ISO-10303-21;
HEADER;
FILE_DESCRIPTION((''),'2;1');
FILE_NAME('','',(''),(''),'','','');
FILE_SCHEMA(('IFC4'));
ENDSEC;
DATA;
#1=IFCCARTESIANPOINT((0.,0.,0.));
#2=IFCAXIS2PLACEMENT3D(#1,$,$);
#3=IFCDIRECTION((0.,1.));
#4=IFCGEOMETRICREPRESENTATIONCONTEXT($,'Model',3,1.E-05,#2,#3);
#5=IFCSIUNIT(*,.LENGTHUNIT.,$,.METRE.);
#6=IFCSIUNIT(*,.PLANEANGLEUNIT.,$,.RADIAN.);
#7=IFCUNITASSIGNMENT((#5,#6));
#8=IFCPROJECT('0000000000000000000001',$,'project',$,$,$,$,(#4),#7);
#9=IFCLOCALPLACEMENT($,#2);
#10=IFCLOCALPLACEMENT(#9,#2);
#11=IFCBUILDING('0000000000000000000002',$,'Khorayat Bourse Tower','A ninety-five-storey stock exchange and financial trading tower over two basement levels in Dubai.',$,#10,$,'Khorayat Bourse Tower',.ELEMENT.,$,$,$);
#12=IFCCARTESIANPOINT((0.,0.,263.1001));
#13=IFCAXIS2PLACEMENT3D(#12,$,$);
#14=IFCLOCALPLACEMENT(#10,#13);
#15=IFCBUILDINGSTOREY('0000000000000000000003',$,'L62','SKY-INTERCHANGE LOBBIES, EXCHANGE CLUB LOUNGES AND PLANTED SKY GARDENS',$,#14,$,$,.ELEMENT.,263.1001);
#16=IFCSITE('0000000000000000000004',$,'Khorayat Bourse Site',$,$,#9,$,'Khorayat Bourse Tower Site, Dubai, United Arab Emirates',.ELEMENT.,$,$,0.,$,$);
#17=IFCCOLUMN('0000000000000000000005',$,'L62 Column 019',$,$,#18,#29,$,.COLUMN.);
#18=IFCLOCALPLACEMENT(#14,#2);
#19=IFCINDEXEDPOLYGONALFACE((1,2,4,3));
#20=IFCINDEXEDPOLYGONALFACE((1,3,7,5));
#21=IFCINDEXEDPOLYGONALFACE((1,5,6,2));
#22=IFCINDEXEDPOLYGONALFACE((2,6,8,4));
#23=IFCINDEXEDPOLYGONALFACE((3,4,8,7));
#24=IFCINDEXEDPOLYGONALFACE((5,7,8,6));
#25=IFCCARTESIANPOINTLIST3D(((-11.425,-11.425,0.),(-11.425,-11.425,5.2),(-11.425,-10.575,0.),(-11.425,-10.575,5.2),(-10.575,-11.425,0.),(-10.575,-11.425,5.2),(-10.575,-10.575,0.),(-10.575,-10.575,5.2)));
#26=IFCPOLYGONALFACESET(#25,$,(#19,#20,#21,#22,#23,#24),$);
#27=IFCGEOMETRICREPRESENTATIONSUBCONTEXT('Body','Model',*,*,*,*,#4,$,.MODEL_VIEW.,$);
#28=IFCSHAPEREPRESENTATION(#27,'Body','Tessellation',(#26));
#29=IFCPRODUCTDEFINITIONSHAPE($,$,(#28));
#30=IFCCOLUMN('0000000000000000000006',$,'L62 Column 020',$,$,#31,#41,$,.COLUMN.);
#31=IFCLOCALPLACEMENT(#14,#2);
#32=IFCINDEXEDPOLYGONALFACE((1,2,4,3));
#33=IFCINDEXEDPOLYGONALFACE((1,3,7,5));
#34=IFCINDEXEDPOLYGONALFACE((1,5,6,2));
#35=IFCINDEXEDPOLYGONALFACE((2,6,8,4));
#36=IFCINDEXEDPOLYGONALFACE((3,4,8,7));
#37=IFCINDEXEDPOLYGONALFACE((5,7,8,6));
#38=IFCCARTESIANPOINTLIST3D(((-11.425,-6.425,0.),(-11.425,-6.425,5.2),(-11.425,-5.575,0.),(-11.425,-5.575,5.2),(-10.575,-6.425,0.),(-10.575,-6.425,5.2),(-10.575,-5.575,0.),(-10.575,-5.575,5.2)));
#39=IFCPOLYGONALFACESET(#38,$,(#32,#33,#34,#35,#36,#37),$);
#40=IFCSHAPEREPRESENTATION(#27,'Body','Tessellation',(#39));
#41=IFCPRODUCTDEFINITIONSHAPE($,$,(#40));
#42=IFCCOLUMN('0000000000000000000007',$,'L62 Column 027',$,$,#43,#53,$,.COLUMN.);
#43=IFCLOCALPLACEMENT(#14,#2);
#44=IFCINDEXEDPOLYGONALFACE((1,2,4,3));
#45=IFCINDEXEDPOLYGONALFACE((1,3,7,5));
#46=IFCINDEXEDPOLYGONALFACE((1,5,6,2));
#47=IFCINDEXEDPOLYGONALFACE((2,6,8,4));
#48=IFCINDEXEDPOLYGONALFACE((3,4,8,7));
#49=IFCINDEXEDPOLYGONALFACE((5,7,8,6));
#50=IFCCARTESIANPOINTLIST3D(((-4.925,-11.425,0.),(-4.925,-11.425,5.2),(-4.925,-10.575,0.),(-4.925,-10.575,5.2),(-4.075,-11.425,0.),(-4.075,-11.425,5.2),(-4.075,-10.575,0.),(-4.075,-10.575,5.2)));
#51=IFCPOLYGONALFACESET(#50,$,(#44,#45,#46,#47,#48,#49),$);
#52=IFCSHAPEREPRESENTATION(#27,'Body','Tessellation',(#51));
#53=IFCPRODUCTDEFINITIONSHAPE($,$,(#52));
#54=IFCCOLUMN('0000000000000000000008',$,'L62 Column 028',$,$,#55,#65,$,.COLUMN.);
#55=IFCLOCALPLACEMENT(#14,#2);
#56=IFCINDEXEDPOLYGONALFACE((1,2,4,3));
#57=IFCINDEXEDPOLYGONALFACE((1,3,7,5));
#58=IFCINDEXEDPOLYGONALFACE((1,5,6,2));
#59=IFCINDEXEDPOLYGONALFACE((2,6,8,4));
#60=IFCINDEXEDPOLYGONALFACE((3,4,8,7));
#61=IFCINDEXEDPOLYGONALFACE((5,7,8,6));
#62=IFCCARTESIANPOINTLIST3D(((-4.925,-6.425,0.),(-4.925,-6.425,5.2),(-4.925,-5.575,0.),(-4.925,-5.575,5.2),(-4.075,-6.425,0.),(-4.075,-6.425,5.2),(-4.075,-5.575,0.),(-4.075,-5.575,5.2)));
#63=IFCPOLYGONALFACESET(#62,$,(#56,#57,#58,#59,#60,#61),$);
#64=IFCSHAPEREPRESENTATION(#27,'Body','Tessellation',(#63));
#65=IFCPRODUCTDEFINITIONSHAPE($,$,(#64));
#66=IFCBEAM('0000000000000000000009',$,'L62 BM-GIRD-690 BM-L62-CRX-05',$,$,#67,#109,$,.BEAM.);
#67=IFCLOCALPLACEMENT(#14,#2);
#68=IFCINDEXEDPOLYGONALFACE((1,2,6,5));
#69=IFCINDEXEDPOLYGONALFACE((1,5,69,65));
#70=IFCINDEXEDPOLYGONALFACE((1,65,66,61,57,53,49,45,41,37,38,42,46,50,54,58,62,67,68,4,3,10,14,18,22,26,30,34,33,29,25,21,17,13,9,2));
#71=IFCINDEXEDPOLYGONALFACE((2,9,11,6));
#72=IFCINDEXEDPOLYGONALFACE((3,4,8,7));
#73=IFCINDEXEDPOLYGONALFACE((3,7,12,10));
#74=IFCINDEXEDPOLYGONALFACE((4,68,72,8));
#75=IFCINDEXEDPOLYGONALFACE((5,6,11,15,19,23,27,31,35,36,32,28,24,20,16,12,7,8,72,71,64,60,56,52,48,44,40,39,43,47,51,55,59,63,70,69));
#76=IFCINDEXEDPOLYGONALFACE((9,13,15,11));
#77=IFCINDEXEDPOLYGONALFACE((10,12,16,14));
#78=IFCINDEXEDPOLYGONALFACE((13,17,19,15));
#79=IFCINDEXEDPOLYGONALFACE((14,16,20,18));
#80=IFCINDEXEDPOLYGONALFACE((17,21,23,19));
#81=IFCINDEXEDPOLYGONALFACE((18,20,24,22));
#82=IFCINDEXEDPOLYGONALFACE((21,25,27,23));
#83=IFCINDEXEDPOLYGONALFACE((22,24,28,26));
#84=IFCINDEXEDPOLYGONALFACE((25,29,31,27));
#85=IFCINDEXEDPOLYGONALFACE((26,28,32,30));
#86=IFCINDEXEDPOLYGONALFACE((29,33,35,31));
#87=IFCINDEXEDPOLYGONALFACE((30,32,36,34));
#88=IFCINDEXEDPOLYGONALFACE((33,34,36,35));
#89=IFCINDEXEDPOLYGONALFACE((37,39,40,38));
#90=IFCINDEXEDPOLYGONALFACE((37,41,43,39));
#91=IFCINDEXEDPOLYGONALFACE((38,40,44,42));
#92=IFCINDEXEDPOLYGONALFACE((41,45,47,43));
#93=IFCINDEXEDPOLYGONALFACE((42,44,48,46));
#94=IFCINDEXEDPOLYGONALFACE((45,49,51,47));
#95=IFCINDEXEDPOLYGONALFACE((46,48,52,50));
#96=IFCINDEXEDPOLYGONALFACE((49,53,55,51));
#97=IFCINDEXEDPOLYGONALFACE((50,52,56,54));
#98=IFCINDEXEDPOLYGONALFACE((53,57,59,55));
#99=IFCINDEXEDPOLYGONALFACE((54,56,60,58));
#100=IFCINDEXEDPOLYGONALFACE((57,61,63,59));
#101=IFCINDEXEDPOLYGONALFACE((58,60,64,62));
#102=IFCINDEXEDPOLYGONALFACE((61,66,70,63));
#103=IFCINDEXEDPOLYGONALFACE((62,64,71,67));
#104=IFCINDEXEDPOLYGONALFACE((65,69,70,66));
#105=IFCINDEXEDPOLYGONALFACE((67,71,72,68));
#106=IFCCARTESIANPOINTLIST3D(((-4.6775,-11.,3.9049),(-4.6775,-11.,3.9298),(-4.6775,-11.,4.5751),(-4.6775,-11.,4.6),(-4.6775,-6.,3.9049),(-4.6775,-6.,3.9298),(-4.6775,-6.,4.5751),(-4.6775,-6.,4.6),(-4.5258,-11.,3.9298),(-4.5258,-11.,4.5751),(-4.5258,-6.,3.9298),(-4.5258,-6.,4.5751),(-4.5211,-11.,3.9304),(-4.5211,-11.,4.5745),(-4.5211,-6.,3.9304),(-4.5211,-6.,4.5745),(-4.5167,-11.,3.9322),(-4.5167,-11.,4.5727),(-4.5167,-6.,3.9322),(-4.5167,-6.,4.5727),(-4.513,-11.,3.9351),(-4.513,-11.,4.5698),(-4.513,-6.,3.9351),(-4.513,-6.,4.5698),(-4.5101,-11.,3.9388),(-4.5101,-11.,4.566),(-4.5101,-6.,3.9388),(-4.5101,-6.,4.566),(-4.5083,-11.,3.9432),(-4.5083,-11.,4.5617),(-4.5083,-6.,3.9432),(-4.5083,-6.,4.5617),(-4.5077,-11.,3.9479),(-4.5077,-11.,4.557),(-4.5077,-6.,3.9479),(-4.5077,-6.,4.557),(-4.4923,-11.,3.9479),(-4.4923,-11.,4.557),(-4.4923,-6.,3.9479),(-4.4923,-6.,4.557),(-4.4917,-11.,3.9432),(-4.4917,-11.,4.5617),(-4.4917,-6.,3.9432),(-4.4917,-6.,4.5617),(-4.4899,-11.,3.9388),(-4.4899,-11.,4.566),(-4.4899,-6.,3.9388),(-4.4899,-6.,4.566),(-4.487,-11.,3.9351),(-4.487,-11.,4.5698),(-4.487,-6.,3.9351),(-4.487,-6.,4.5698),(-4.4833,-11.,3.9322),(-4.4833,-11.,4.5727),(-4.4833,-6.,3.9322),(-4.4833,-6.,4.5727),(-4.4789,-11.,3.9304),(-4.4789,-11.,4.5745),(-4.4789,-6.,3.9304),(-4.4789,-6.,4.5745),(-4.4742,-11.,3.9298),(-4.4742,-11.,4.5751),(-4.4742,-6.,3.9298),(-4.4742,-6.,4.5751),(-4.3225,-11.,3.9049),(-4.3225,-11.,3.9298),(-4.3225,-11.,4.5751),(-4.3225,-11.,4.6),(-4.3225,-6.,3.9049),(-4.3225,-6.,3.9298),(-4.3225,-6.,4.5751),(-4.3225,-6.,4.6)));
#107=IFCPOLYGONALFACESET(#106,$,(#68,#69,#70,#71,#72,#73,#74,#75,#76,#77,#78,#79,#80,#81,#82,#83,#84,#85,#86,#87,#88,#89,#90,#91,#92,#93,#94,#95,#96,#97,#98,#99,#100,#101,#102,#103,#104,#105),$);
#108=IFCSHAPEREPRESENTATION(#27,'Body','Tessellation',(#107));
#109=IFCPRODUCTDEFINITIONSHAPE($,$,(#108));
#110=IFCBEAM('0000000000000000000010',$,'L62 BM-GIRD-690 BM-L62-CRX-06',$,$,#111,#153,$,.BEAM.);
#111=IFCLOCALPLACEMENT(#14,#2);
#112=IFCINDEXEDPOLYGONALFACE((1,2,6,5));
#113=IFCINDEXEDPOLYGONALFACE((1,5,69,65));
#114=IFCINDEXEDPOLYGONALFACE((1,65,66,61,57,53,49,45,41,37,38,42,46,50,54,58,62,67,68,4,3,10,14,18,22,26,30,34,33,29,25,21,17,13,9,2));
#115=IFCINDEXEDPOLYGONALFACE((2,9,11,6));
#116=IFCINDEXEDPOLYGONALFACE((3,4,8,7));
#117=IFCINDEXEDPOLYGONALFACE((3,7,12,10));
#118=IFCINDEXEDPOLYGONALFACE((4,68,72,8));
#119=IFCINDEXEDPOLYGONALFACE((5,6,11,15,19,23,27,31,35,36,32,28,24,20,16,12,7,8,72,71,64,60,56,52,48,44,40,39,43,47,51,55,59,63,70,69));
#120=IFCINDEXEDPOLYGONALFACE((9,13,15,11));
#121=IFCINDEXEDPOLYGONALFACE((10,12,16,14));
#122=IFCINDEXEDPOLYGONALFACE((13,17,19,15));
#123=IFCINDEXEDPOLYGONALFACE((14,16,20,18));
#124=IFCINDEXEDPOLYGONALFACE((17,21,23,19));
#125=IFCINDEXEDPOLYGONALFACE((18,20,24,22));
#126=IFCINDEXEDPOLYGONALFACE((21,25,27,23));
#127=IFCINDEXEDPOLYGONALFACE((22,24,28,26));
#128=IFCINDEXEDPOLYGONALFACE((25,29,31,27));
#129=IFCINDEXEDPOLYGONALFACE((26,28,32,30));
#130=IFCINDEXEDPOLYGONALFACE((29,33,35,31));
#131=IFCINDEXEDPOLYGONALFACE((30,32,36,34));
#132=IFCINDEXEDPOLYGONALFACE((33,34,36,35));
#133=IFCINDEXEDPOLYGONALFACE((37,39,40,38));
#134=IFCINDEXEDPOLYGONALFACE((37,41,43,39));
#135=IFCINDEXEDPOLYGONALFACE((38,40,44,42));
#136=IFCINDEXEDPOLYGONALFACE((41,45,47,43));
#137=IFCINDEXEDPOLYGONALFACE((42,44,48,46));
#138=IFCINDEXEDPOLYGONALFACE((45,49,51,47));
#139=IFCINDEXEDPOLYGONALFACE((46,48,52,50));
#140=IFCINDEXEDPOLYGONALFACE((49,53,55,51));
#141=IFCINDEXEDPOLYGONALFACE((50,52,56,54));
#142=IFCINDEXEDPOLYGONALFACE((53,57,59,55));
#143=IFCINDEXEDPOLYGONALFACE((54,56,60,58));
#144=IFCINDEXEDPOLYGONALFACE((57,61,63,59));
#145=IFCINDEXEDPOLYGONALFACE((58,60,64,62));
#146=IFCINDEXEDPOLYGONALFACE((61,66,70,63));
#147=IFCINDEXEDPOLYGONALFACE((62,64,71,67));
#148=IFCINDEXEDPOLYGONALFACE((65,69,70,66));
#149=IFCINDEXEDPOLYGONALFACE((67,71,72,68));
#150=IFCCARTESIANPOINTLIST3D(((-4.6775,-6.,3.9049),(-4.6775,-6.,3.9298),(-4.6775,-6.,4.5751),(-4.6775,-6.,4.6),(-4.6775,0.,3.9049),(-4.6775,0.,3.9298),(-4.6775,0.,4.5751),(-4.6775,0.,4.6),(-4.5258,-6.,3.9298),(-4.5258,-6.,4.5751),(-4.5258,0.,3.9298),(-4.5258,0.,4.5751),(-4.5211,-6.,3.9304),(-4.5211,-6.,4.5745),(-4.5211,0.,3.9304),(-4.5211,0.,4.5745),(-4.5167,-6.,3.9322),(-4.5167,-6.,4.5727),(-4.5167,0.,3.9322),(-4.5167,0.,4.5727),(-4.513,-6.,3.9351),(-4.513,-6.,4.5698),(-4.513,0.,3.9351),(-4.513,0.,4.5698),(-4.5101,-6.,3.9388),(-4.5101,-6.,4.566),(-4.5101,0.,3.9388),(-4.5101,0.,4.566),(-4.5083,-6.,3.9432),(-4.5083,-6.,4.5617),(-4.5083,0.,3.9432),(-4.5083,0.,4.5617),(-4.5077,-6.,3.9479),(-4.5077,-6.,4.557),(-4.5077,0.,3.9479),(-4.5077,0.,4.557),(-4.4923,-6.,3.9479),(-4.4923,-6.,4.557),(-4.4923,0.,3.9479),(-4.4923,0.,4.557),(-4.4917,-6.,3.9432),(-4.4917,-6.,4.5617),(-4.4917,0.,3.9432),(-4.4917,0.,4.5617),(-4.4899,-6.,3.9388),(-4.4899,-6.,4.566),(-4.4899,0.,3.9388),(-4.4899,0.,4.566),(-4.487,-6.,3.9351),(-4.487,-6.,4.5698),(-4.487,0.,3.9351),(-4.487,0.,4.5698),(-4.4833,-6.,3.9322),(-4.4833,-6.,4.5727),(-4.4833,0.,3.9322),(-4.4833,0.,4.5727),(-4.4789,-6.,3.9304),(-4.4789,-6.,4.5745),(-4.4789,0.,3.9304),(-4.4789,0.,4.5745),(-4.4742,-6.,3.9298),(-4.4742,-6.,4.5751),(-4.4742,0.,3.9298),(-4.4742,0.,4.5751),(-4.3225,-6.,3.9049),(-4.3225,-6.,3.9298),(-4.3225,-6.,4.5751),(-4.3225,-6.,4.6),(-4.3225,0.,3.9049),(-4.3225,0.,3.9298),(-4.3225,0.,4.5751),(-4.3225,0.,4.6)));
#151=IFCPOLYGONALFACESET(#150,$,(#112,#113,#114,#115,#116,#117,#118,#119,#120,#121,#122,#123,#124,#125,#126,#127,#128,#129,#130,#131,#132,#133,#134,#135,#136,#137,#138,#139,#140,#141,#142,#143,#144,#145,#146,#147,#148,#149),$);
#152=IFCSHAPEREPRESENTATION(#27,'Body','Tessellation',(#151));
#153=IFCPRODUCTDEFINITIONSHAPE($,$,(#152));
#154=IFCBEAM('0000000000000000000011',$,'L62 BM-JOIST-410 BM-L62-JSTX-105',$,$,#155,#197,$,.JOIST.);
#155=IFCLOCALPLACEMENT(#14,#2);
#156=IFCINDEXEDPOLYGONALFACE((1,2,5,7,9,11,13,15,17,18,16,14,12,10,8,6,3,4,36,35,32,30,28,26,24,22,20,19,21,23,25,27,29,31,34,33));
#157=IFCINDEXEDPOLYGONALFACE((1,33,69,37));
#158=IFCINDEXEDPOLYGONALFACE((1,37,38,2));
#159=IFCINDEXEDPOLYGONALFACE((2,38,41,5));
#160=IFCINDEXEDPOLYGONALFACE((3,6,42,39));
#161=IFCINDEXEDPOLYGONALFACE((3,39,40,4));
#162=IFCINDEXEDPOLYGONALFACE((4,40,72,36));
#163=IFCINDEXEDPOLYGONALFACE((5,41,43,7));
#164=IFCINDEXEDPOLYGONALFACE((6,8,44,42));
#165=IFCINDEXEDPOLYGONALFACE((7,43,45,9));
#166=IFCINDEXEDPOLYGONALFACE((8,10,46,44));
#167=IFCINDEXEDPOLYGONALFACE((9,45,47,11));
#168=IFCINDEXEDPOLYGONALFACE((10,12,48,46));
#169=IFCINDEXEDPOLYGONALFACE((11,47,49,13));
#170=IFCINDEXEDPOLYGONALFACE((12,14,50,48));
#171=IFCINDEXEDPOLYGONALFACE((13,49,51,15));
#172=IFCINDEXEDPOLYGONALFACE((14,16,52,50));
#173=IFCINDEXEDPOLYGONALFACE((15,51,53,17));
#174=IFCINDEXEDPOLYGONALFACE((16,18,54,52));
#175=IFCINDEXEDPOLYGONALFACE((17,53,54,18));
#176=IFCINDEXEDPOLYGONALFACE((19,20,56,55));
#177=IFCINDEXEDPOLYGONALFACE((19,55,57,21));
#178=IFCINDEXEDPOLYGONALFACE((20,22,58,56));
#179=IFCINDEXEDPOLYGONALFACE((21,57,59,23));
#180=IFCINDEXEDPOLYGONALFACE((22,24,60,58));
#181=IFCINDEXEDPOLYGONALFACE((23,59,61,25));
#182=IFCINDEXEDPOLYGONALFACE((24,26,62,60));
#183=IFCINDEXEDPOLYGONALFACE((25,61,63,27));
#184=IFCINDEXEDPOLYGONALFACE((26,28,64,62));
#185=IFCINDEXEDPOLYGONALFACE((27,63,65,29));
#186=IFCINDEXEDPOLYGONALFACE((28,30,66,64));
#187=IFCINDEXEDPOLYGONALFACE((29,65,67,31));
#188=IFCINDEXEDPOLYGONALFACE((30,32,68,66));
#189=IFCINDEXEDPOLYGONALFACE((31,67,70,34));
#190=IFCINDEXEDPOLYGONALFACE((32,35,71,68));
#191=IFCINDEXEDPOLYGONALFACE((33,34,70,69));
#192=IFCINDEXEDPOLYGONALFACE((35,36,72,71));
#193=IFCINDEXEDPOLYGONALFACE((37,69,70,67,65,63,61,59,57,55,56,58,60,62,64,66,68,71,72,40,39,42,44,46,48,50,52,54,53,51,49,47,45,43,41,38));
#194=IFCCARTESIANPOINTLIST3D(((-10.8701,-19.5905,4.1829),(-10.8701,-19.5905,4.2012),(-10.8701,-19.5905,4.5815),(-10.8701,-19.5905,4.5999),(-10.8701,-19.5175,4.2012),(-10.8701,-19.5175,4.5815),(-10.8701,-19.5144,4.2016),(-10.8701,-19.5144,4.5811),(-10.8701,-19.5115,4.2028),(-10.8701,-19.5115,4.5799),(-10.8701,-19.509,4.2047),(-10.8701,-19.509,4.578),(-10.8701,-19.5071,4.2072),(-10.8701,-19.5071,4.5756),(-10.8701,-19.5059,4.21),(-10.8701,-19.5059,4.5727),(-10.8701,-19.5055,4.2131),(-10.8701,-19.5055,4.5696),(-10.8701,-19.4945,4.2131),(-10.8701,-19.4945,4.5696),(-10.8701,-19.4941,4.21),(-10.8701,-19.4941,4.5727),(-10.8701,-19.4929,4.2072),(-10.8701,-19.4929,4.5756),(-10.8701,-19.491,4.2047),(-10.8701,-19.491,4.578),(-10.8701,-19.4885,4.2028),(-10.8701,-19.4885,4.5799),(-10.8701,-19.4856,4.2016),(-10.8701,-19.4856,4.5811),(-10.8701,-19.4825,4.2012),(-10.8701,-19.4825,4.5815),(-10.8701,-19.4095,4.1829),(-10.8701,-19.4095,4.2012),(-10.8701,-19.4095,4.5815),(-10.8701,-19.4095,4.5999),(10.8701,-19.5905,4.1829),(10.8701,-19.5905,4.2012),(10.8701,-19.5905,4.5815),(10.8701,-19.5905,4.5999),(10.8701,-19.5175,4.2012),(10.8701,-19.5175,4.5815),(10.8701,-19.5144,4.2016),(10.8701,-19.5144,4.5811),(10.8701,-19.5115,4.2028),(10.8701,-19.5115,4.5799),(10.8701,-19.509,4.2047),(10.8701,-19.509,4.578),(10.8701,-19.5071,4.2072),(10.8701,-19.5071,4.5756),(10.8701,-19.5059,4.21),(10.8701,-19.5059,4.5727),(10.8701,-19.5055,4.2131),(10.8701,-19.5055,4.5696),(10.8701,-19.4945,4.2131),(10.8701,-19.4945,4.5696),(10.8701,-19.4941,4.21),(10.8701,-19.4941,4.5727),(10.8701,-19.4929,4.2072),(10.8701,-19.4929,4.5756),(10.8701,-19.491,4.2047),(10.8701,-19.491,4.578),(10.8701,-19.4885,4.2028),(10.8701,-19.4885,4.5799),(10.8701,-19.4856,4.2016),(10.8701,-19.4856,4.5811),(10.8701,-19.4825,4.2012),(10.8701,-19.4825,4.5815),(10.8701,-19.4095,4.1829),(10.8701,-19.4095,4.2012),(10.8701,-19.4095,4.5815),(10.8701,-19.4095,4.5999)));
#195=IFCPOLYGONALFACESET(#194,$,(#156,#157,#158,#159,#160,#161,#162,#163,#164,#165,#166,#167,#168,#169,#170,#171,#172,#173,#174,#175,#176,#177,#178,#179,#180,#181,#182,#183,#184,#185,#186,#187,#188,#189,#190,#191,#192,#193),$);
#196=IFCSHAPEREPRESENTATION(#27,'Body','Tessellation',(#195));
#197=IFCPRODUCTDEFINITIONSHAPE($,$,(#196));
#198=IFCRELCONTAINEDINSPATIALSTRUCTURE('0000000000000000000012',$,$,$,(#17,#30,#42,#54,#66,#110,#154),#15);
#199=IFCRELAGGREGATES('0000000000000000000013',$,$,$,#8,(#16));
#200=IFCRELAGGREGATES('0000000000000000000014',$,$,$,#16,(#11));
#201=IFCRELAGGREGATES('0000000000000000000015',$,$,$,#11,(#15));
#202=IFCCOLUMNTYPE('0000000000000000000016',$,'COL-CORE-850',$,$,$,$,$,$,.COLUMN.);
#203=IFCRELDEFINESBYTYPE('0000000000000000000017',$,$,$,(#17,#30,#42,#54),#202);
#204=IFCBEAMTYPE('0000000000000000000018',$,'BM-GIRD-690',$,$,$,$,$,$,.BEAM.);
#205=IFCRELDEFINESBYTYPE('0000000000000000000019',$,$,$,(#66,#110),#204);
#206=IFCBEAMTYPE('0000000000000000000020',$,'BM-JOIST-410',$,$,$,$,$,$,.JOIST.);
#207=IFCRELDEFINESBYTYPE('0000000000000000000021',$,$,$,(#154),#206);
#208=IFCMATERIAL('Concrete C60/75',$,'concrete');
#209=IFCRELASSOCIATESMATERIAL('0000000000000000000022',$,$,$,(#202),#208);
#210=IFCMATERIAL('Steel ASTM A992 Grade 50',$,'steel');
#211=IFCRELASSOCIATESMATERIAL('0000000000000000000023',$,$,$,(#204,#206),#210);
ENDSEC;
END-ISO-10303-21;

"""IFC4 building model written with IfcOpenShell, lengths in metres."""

from ifc_helpers import new_model, si_unit, direction, frame, origin, origin_2d, place, context, subcontext, project, spatial, rectangle, i_section, extrude, source, transform, mapped, material, material_profile, profile_set, type_object, element, save


model = new_model("IFC4")

# Units and contexts
model_context = context("Model", 3, precision=1e-05, world=origin(), true_north=direction((0.0, 1.0)))
body_context = subcontext(model_context, "Body", "Model", "MODEL_VIEW")
ifc_project = project(units=[si_unit("LENGTHUNIT", "METRE"), si_unit("PLANEANGLEUNIT", "RADIAN")], contexts=[model_context])

# Site, building, storey
site_placement = place(None, origin())
site = spatial("IfcSite", under=ifc_project, at=site_placement, Name="Khorayat Bourse Site", LongName="Khorayat Bourse Tower Site, Dubai, United Arab Emirates", CompositionType="ELEMENT", RefElevation=0.0)
building_placement = place(site_placement, origin())
building = spatial("IfcBuilding", under=site, at=building_placement, Name="Khorayat Bourse Tower", Description="A ninety-five-storey stock exchange and financial trading tower over two basement levels in Dubai.", LongName="Khorayat Bourse Tower", CompositionType="ELEMENT")
storey_placement = place(building_placement, frame((0.0, 0.0, 263.1001)))
storey = spatial("IfcBuildingStorey", under=building, at=storey_placement, Name="L62", Description="SKY-INTERCHANGE LOBBIES, EXCHANGE CLUB LOUNGES AND PLANTED SKY GARDENS", CompositionType="ELEMENT", Elevation=263.1001)

# Columns
ifc_material_1 = material(Name="Concrete C60/75", Category="concrete")
ifc_material_profile_1 = material_profile(ifc_material_1, rectangle(XDim=0.8501, YDim=0.8501, at=origin_2d()), Name="RC 850x850")
ifc_profile_set_1 = profile_set([ifc_material_profile_1], Name="Concrete C60/75")
column_type = type_object("IfcColumnType", Name="COL-CORE-850", PredefinedType="COLUMN", material=ifc_profile_set_1)
shared_shape_1 = source(origin(), body_context, "Body", "SweptSolid", [
    extrude(rectangle(XDim=0.8501, YDim=0.8501, at=origin_2d()), origin(), (0.0, 0.0, 1.0), 5.2),
])
for number, where, z_axis, x_axis, name in (
    (1, (-11.0, -11.0, 0.0), (0.0, 0.0, 1.0), (1.0, 0.0, 0.0), "L62 Column 019"),
    (2, (-11.0, -6.0, 0.0), (0.0, 0.0, 1.0), (1.0, 0.0, 0.0), "L62 Column 020"),
    (3, (-4.5, -11.0, 0.0), (0.0, 0.0, 1.0), (1.0, 0.0, 0.0), "L62 Column 027"),
    (4, (-4.5, -6.0, 0.0), (0.0, 0.0, 1.0), (1.0, 0.0, 0.0), "L62 Column 028"),
):
    element("IfcColumn", number, at=place(storey_placement, frame(where, z_axis=z_axis, x_axis=x_axis)), inside=storey, type_object=column_type, Name=name, PredefinedType="COLUMN", context=body_context, shape_type="MappedRepresentation", body=[
        mapped(shared_shape_1, transform((0.0, 0.0, 0.0), scale=1.0)),
    ])

# Beams
ifc_material_2 = material(Name="Steel ASTM A992 Grade 50", Category="steel")
ifc_material_profile_2 = material_profile(ifc_material_2, i_section(OverallWidth=0.355, OverallDepth=0.6951, WebThickness=0.0154, FlangeThickness=0.0249, FilletRadius=0.0181, at=origin_2d()), Name="W690X217")
ifc_profile_set_2 = profile_set([ifc_material_profile_2], Name="Steel ASTM A992 Grade 50")
beam_type_1 = type_object("IfcBeamType", Name="BM-GIRD-690", PredefinedType="BEAM", material=ifc_profile_set_2)
shared_shape_2 = source(origin(), body_context, "Body", "SweptSolid", [
    extrude(i_section(OverallWidth=0.355, OverallDepth=0.6951, WebThickness=0.0154, FlangeThickness=0.0249, FilletRadius=0.0181, at=origin_2d()), origin(), (0.0, 0.0, 1.0), 5.0),
])
beam_1_placement = place(storey_placement, frame((-4.5, -11.0, 4.2524), z_axis=(0.0, 1.0, 0.0), x_axis=(-1.0, 0.0, 0.0)))
element("IfcBeam", 5, at=beam_1_placement, inside=storey, type_object=beam_type_1, Name="L62 BM-GIRD-690 BM-L62-CRX-05", PredefinedType="BEAM", context=body_context, shape_type="MappedRepresentation", body=[
    mapped(shared_shape_2, transform((0.0, 0.0, 0.0), scale=1.0)),
])
shared_shape_3 = source(origin(), body_context, "Body", "SweptSolid", [
    extrude(i_section(OverallWidth=0.355, OverallDepth=0.6951, WebThickness=0.0154, FlangeThickness=0.0249, FilletRadius=0.0181, at=origin_2d()), origin(), (0.0, 0.0, 1.0), 6.0),
])
beam_2_placement = place(storey_placement, frame((-4.5, -6.0, 4.2524), z_axis=(0.0, 1.0, 0.0), x_axis=(-1.0, 0.0, 0.0)))
element("IfcBeam", 6, at=beam_2_placement, inside=storey, type_object=beam_type_1, Name="L62 BM-GIRD-690 BM-L62-CRX-06", PredefinedType="BEAM", context=body_context, shape_type="MappedRepresentation", body=[
    mapped(shared_shape_3, transform((0.0, 0.0, 0.0), scale=1.0)),
])
ifc_material_profile_3 = material_profile(ifc_material_2, i_section(OverallWidth=0.1809, OverallDepth=0.417, WebThickness=0.011, FlangeThickness=0.0183, FilletRadius=0.012, at=origin_2d()), Name="W410X85")
ifc_profile_set_3 = profile_set([ifc_material_profile_3], Name="Steel ASTM A992 Grade 50")
beam_type_2 = type_object("IfcBeamType", Name="BM-JOIST-410", PredefinedType="JOIST", material=ifc_profile_set_3)
shared_shape_4 = source(origin(), body_context, "Body", "SweptSolid", [
    extrude(i_section(OverallWidth=0.1809, OverallDepth=0.417, WebThickness=0.011, FlangeThickness=0.0183, FilletRadius=0.012, at=origin_2d()), origin(), (0.0, 0.0, 1.0), 21.7402),
])
beam_3_placement = place(storey_placement, frame((-10.8701, -19.5, 4.3914), z_axis=(1.0, 0.0, 0.0), x_axis=(0.0, 1.0, 0.0)))
element("IfcBeam", 7, at=beam_3_placement, inside=storey, type_object=beam_type_2, Name="L62 BM-JOIST-410 BM-L62-JSTX-105", PredefinedType="JOIST", context=body_context, shape_type="MappedRepresentation", body=[
    mapped(shared_shape_4, transform((0.0, 0.0, 0.0), scale=1.0)),
])

save(model, "model.ifc")
